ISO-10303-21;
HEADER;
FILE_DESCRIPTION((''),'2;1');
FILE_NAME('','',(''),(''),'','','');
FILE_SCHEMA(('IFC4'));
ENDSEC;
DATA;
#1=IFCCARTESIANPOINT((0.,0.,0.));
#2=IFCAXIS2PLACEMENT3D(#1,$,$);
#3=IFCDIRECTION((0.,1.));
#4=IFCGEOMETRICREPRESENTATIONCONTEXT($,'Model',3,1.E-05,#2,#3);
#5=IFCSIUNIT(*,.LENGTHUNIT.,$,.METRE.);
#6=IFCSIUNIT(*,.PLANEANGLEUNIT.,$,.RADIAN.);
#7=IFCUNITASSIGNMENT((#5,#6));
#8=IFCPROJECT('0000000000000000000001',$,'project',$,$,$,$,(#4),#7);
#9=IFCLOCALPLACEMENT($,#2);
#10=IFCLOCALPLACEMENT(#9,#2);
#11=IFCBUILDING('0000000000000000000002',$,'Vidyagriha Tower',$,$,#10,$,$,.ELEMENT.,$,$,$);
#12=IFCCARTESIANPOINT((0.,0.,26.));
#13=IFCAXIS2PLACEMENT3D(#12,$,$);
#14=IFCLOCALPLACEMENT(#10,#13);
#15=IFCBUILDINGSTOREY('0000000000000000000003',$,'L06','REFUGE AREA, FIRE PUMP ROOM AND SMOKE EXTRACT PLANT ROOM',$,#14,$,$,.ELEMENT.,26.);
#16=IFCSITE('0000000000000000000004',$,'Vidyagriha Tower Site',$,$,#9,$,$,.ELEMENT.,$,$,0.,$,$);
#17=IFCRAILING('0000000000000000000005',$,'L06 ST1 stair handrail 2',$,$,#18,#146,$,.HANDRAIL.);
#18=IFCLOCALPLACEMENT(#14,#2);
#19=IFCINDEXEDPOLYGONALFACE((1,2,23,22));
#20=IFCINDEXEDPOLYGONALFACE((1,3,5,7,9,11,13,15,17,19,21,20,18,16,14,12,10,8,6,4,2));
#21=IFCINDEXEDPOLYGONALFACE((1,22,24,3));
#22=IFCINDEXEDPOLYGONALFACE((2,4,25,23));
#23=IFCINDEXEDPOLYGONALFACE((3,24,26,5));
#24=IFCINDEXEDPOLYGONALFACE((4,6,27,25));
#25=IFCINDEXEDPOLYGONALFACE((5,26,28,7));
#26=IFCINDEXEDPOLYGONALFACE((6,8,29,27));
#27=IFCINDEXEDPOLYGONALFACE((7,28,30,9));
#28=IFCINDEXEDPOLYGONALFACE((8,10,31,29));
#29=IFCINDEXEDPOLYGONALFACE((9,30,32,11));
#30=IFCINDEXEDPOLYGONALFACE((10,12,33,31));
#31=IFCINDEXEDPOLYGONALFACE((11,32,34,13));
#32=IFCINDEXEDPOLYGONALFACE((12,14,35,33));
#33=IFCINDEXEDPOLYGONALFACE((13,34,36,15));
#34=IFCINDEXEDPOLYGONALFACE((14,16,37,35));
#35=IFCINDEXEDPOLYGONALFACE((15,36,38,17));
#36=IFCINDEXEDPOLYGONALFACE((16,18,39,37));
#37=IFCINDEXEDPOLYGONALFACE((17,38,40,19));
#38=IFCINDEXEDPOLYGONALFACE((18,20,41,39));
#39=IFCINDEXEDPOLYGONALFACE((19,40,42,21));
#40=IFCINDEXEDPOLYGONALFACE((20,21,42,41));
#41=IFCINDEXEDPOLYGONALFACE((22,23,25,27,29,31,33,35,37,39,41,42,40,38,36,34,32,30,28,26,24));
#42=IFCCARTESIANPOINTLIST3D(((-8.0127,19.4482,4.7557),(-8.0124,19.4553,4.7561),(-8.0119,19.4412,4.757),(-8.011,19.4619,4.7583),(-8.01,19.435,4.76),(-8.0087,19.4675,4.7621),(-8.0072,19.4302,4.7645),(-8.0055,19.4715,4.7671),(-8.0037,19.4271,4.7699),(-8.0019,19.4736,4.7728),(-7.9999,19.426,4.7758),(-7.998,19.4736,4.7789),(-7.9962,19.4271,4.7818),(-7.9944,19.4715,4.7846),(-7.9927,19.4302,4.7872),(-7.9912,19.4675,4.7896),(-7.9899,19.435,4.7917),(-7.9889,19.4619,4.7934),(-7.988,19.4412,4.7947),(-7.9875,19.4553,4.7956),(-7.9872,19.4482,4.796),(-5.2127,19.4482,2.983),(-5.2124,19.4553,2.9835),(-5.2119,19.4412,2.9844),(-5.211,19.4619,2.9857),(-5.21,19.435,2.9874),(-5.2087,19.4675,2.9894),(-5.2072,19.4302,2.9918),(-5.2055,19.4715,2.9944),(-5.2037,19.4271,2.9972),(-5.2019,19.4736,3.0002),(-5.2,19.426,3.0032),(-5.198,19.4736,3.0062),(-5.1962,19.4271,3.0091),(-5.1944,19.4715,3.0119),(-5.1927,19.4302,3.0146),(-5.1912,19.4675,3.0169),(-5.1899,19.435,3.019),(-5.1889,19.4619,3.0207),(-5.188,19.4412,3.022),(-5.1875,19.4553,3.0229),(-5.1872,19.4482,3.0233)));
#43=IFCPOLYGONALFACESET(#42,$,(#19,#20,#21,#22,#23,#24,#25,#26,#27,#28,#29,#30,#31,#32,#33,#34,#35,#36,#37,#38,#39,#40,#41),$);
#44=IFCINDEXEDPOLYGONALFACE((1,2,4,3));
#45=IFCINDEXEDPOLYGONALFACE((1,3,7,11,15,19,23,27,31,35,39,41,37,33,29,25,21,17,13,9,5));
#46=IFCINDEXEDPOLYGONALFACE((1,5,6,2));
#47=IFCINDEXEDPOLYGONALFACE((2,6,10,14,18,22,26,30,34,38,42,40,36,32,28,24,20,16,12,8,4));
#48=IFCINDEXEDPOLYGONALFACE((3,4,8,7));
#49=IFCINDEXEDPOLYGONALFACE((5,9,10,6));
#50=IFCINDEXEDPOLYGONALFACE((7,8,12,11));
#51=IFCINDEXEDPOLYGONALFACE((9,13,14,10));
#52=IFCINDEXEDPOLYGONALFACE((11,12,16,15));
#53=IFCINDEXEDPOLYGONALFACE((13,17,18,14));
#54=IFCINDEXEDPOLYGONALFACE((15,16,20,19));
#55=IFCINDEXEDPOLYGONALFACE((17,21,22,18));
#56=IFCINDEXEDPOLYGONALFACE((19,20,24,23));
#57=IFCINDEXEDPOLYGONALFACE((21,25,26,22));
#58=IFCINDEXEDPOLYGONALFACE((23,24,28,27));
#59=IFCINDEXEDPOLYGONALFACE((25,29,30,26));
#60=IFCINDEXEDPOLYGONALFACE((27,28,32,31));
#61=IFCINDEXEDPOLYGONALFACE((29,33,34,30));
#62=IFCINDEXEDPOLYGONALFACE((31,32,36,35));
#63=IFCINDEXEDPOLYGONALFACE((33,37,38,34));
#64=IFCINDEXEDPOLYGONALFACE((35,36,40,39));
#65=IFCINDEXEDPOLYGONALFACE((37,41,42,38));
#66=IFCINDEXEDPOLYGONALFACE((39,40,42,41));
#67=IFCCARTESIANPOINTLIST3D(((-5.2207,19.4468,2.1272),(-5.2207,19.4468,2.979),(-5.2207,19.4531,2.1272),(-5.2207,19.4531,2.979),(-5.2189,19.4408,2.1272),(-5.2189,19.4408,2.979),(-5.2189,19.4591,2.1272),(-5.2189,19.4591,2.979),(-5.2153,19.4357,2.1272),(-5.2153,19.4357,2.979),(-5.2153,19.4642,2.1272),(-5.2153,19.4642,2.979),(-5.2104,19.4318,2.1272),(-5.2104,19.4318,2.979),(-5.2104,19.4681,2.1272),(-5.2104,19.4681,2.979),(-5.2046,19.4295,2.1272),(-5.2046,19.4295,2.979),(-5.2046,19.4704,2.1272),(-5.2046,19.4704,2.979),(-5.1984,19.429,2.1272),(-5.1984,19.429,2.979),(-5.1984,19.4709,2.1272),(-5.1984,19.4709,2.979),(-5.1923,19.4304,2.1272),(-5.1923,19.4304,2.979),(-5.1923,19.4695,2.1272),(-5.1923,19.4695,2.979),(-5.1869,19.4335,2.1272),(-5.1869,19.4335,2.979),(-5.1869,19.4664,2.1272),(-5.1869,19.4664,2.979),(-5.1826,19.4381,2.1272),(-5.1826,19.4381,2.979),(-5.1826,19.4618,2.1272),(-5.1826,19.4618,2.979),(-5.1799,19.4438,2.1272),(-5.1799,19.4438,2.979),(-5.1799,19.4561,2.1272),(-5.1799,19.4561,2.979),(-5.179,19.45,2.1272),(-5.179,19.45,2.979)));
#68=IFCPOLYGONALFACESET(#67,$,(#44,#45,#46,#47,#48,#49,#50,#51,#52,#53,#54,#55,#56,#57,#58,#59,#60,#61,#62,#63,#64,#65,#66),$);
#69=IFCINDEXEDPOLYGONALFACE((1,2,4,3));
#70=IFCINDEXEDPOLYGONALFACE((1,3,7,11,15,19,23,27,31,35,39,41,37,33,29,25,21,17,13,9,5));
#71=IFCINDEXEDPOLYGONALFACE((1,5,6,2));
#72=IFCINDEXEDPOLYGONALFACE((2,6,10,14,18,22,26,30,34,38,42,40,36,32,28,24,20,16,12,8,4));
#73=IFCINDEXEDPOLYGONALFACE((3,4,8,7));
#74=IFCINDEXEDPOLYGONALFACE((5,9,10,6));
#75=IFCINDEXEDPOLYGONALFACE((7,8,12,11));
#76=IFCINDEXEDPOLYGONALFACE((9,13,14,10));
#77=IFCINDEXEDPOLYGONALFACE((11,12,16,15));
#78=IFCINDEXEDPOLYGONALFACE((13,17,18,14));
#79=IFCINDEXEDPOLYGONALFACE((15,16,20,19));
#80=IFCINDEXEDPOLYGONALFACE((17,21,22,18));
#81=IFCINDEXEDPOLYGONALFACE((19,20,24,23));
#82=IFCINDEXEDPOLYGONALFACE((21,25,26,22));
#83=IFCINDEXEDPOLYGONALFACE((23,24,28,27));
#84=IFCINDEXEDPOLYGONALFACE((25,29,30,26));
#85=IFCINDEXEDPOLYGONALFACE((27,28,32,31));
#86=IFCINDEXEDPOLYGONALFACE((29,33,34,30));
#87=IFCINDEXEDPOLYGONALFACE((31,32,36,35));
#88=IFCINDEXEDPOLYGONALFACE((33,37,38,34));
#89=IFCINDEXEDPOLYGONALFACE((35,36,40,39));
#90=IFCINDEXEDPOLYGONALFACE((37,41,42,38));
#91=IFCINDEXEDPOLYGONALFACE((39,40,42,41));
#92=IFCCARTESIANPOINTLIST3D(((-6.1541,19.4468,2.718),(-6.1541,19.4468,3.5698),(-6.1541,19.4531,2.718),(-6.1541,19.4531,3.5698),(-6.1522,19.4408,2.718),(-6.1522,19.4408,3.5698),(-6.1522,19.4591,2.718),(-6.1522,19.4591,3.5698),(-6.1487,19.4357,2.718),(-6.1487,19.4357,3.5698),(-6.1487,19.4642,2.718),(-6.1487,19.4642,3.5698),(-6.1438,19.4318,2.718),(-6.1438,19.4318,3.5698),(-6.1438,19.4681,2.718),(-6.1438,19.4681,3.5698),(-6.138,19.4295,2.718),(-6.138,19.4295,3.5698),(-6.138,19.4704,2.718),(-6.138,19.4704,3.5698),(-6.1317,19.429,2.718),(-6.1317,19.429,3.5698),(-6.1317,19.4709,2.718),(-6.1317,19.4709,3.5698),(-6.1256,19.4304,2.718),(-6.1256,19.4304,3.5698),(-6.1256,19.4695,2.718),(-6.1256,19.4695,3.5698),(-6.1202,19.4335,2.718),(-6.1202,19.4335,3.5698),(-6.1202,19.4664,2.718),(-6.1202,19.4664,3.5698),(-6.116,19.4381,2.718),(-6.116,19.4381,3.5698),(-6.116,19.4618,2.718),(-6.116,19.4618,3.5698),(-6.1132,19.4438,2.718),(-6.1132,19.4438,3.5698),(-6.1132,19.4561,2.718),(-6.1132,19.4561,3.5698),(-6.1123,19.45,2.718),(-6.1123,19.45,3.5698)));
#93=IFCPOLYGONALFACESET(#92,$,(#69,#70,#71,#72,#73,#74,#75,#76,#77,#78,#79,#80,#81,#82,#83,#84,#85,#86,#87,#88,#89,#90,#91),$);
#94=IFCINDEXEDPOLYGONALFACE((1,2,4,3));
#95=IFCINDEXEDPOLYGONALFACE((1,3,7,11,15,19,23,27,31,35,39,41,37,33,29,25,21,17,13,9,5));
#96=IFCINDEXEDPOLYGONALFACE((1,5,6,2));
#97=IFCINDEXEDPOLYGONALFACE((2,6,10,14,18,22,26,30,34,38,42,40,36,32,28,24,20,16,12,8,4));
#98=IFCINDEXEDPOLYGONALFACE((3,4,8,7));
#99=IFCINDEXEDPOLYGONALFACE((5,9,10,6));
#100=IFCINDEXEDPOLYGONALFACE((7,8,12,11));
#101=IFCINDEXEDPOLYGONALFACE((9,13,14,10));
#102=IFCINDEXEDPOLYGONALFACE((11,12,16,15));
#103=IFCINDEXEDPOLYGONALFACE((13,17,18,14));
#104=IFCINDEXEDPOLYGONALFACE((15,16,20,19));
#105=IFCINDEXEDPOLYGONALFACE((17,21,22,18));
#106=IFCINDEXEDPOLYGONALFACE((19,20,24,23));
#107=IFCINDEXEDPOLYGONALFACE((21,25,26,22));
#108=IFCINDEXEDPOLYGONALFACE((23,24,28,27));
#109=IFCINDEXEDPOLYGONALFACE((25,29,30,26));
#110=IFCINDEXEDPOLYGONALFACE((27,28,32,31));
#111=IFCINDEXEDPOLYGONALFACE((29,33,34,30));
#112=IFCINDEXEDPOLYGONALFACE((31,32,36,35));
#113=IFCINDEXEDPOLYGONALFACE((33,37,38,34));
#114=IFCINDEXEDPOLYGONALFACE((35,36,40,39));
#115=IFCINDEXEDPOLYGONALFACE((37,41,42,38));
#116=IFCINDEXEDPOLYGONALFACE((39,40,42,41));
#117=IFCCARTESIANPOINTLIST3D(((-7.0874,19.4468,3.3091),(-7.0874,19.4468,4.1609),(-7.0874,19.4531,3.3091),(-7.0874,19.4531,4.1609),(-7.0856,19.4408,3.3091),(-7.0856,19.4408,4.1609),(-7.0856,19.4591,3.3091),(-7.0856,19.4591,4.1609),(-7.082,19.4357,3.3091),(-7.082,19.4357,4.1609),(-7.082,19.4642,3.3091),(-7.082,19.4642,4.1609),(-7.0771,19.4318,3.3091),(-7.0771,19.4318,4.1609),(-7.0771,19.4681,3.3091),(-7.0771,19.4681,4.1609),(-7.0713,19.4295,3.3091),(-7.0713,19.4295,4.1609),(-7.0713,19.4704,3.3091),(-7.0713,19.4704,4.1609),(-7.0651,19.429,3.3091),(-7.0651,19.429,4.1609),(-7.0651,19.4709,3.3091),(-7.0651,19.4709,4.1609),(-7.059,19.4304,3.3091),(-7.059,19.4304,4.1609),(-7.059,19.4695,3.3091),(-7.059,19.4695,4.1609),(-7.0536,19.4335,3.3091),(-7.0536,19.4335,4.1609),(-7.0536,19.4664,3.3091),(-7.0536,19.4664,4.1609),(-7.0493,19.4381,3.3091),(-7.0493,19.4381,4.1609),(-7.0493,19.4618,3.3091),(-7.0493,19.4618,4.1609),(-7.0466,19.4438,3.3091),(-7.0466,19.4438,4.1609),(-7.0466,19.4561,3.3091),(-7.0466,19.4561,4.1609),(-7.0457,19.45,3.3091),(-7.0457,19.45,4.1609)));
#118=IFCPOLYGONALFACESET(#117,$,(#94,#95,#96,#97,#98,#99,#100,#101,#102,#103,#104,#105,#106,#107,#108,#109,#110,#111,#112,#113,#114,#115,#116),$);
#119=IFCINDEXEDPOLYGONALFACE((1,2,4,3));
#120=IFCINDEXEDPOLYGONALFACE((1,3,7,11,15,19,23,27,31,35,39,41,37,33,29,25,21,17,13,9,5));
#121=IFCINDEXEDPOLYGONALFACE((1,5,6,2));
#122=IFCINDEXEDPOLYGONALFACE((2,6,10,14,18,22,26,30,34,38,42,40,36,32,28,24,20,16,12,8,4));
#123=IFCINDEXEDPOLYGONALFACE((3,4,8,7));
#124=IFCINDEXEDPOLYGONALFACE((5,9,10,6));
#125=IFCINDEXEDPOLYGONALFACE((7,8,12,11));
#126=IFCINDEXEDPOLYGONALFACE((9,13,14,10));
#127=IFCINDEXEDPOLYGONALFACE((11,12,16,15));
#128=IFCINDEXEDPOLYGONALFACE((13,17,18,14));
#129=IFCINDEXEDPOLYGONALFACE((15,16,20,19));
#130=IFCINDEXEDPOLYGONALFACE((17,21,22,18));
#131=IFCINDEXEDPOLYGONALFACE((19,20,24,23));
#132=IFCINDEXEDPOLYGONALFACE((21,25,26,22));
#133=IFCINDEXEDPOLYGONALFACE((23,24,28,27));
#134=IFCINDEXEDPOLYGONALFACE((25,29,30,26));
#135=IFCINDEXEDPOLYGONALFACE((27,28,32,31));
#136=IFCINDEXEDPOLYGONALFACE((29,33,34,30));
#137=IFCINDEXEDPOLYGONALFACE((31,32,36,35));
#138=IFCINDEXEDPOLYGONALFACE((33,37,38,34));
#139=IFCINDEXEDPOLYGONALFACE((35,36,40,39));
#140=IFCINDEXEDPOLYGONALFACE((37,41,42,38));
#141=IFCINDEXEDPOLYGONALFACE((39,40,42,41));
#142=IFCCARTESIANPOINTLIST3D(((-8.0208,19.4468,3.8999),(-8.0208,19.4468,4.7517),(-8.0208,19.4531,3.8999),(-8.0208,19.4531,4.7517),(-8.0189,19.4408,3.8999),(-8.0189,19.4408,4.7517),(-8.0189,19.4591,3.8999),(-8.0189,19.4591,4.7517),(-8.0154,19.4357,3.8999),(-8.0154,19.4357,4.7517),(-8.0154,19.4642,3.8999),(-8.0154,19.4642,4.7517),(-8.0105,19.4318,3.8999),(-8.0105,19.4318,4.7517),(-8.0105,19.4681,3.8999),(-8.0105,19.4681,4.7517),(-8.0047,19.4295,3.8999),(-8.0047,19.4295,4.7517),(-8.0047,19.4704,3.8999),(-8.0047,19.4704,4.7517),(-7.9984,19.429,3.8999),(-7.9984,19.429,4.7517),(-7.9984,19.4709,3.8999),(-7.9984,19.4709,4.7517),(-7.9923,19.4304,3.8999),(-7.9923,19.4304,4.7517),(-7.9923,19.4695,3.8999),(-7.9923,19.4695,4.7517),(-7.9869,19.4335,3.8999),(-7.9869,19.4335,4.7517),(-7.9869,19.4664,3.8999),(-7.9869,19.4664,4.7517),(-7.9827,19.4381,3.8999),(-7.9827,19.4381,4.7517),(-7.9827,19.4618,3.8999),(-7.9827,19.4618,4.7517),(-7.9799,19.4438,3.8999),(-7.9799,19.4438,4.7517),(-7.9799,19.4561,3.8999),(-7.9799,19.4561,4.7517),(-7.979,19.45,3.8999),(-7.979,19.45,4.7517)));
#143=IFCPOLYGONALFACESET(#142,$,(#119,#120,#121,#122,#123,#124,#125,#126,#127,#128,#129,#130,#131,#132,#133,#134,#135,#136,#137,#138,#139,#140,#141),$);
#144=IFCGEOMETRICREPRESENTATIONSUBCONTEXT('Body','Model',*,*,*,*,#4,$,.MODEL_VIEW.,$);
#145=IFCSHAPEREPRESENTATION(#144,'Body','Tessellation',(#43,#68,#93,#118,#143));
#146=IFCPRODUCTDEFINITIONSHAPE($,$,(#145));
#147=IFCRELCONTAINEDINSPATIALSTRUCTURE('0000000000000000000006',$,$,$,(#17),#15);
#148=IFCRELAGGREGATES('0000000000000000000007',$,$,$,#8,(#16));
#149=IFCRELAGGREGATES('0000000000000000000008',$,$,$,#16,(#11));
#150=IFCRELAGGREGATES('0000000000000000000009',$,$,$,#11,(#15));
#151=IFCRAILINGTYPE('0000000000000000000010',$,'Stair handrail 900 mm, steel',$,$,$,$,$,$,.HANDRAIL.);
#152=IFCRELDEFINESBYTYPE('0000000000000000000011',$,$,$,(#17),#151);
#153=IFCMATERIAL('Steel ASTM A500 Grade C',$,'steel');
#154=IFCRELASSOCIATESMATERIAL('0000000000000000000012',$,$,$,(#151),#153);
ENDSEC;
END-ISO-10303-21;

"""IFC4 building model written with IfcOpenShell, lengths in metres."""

from ifc_helpers import new_model, si_unit, direction, frame, origin, origin_2d, place, context, subcontext, project, spatial, circle, extrude, material, type_object, element, save


model = new_model("IFC4")

# Units and contexts
model_context = context("Model", 3, precision=1e-05, world=origin(), true_north=direction((0.0, 1.0)))
body_context = subcontext(model_context, "Body", "Model", "MODEL_VIEW")
ifc_project = project(units=[si_unit("LENGTHUNIT", "METRE"), si_unit("PLANEANGLEUNIT", "RADIAN")], contexts=[model_context])

# Site, building, storey
site_placement = place(None, origin())
site = spatial("IfcSite", under=ifc_project, at=site_placement, Name="Vidyagriha Tower Site", CompositionType="ELEMENT", RefElevation=0.0)
building_placement = place(site_placement, origin())
building = spatial("IfcBuilding", under=site, at=building_placement, Name="Vidyagriha Tower", CompositionType="ELEMENT")
storey_placement = place(building_placement, frame((0.0, 0.0, 26.0)))
storey = spatial("IfcBuildingStorey", under=building, at=storey_placement, Name="L06", Description="REFUGE AREA, FIRE PUMP ROOM AND SMOKE EXTRACT PLANT ROOM", CompositionType="ELEMENT", Elevation=26.0)

# Railing
ifc_material_1 = material(Name="Steel ASTM A500 Grade C", Category="steel")
railing_type_1 = type_object("IfcRailingType", Name="Stair handrail 900 mm, steel", PredefinedType="HANDRAIL", material=ifc_material_1)
railing_1_placement = place(storey_placement, frame((-5.2, 19.45, 2.1272)))
element("IfcRailing", 1, at=railing_1_placement, inside=storey, type_object=railing_type_1, Name="L06 ST1 stair handrail 2", PredefinedType="HANDRAIL", context=body_context, shape_type="SweptSolid", body=[
    extrude(circle(Radius=0.0239, at=origin_2d()), frame((0.0, 0.0, 0.876), z_axis=(-0.844909, 0.0, 0.53491), x_axis=(0.0, -1.0, 0.0)), (0.0, 0.0, 1.0), 3.314),
    extrude(circle(Radius=0.021, at=origin_2d()), origin(), (0.0, 0.0, 1.0), 0.8518),
    extrude(circle(Radius=0.021, at=origin_2d()), frame((-0.9333, 0.0, 0.5908)), (0.0, 0.0, 1.0), 0.8518),
    extrude(circle(Radius=0.021, at=origin_2d()), frame((-1.8667, 0.0, 1.1819)), (0.0, 0.0, 1.0), 0.8518),
    extrude(circle(Radius=0.021, at=origin_2d()), frame((-2.8, 0.0, 1.7727)), (0.0, 0.0, 1.0), 0.8518),
])

save(model, "model.ifc")
